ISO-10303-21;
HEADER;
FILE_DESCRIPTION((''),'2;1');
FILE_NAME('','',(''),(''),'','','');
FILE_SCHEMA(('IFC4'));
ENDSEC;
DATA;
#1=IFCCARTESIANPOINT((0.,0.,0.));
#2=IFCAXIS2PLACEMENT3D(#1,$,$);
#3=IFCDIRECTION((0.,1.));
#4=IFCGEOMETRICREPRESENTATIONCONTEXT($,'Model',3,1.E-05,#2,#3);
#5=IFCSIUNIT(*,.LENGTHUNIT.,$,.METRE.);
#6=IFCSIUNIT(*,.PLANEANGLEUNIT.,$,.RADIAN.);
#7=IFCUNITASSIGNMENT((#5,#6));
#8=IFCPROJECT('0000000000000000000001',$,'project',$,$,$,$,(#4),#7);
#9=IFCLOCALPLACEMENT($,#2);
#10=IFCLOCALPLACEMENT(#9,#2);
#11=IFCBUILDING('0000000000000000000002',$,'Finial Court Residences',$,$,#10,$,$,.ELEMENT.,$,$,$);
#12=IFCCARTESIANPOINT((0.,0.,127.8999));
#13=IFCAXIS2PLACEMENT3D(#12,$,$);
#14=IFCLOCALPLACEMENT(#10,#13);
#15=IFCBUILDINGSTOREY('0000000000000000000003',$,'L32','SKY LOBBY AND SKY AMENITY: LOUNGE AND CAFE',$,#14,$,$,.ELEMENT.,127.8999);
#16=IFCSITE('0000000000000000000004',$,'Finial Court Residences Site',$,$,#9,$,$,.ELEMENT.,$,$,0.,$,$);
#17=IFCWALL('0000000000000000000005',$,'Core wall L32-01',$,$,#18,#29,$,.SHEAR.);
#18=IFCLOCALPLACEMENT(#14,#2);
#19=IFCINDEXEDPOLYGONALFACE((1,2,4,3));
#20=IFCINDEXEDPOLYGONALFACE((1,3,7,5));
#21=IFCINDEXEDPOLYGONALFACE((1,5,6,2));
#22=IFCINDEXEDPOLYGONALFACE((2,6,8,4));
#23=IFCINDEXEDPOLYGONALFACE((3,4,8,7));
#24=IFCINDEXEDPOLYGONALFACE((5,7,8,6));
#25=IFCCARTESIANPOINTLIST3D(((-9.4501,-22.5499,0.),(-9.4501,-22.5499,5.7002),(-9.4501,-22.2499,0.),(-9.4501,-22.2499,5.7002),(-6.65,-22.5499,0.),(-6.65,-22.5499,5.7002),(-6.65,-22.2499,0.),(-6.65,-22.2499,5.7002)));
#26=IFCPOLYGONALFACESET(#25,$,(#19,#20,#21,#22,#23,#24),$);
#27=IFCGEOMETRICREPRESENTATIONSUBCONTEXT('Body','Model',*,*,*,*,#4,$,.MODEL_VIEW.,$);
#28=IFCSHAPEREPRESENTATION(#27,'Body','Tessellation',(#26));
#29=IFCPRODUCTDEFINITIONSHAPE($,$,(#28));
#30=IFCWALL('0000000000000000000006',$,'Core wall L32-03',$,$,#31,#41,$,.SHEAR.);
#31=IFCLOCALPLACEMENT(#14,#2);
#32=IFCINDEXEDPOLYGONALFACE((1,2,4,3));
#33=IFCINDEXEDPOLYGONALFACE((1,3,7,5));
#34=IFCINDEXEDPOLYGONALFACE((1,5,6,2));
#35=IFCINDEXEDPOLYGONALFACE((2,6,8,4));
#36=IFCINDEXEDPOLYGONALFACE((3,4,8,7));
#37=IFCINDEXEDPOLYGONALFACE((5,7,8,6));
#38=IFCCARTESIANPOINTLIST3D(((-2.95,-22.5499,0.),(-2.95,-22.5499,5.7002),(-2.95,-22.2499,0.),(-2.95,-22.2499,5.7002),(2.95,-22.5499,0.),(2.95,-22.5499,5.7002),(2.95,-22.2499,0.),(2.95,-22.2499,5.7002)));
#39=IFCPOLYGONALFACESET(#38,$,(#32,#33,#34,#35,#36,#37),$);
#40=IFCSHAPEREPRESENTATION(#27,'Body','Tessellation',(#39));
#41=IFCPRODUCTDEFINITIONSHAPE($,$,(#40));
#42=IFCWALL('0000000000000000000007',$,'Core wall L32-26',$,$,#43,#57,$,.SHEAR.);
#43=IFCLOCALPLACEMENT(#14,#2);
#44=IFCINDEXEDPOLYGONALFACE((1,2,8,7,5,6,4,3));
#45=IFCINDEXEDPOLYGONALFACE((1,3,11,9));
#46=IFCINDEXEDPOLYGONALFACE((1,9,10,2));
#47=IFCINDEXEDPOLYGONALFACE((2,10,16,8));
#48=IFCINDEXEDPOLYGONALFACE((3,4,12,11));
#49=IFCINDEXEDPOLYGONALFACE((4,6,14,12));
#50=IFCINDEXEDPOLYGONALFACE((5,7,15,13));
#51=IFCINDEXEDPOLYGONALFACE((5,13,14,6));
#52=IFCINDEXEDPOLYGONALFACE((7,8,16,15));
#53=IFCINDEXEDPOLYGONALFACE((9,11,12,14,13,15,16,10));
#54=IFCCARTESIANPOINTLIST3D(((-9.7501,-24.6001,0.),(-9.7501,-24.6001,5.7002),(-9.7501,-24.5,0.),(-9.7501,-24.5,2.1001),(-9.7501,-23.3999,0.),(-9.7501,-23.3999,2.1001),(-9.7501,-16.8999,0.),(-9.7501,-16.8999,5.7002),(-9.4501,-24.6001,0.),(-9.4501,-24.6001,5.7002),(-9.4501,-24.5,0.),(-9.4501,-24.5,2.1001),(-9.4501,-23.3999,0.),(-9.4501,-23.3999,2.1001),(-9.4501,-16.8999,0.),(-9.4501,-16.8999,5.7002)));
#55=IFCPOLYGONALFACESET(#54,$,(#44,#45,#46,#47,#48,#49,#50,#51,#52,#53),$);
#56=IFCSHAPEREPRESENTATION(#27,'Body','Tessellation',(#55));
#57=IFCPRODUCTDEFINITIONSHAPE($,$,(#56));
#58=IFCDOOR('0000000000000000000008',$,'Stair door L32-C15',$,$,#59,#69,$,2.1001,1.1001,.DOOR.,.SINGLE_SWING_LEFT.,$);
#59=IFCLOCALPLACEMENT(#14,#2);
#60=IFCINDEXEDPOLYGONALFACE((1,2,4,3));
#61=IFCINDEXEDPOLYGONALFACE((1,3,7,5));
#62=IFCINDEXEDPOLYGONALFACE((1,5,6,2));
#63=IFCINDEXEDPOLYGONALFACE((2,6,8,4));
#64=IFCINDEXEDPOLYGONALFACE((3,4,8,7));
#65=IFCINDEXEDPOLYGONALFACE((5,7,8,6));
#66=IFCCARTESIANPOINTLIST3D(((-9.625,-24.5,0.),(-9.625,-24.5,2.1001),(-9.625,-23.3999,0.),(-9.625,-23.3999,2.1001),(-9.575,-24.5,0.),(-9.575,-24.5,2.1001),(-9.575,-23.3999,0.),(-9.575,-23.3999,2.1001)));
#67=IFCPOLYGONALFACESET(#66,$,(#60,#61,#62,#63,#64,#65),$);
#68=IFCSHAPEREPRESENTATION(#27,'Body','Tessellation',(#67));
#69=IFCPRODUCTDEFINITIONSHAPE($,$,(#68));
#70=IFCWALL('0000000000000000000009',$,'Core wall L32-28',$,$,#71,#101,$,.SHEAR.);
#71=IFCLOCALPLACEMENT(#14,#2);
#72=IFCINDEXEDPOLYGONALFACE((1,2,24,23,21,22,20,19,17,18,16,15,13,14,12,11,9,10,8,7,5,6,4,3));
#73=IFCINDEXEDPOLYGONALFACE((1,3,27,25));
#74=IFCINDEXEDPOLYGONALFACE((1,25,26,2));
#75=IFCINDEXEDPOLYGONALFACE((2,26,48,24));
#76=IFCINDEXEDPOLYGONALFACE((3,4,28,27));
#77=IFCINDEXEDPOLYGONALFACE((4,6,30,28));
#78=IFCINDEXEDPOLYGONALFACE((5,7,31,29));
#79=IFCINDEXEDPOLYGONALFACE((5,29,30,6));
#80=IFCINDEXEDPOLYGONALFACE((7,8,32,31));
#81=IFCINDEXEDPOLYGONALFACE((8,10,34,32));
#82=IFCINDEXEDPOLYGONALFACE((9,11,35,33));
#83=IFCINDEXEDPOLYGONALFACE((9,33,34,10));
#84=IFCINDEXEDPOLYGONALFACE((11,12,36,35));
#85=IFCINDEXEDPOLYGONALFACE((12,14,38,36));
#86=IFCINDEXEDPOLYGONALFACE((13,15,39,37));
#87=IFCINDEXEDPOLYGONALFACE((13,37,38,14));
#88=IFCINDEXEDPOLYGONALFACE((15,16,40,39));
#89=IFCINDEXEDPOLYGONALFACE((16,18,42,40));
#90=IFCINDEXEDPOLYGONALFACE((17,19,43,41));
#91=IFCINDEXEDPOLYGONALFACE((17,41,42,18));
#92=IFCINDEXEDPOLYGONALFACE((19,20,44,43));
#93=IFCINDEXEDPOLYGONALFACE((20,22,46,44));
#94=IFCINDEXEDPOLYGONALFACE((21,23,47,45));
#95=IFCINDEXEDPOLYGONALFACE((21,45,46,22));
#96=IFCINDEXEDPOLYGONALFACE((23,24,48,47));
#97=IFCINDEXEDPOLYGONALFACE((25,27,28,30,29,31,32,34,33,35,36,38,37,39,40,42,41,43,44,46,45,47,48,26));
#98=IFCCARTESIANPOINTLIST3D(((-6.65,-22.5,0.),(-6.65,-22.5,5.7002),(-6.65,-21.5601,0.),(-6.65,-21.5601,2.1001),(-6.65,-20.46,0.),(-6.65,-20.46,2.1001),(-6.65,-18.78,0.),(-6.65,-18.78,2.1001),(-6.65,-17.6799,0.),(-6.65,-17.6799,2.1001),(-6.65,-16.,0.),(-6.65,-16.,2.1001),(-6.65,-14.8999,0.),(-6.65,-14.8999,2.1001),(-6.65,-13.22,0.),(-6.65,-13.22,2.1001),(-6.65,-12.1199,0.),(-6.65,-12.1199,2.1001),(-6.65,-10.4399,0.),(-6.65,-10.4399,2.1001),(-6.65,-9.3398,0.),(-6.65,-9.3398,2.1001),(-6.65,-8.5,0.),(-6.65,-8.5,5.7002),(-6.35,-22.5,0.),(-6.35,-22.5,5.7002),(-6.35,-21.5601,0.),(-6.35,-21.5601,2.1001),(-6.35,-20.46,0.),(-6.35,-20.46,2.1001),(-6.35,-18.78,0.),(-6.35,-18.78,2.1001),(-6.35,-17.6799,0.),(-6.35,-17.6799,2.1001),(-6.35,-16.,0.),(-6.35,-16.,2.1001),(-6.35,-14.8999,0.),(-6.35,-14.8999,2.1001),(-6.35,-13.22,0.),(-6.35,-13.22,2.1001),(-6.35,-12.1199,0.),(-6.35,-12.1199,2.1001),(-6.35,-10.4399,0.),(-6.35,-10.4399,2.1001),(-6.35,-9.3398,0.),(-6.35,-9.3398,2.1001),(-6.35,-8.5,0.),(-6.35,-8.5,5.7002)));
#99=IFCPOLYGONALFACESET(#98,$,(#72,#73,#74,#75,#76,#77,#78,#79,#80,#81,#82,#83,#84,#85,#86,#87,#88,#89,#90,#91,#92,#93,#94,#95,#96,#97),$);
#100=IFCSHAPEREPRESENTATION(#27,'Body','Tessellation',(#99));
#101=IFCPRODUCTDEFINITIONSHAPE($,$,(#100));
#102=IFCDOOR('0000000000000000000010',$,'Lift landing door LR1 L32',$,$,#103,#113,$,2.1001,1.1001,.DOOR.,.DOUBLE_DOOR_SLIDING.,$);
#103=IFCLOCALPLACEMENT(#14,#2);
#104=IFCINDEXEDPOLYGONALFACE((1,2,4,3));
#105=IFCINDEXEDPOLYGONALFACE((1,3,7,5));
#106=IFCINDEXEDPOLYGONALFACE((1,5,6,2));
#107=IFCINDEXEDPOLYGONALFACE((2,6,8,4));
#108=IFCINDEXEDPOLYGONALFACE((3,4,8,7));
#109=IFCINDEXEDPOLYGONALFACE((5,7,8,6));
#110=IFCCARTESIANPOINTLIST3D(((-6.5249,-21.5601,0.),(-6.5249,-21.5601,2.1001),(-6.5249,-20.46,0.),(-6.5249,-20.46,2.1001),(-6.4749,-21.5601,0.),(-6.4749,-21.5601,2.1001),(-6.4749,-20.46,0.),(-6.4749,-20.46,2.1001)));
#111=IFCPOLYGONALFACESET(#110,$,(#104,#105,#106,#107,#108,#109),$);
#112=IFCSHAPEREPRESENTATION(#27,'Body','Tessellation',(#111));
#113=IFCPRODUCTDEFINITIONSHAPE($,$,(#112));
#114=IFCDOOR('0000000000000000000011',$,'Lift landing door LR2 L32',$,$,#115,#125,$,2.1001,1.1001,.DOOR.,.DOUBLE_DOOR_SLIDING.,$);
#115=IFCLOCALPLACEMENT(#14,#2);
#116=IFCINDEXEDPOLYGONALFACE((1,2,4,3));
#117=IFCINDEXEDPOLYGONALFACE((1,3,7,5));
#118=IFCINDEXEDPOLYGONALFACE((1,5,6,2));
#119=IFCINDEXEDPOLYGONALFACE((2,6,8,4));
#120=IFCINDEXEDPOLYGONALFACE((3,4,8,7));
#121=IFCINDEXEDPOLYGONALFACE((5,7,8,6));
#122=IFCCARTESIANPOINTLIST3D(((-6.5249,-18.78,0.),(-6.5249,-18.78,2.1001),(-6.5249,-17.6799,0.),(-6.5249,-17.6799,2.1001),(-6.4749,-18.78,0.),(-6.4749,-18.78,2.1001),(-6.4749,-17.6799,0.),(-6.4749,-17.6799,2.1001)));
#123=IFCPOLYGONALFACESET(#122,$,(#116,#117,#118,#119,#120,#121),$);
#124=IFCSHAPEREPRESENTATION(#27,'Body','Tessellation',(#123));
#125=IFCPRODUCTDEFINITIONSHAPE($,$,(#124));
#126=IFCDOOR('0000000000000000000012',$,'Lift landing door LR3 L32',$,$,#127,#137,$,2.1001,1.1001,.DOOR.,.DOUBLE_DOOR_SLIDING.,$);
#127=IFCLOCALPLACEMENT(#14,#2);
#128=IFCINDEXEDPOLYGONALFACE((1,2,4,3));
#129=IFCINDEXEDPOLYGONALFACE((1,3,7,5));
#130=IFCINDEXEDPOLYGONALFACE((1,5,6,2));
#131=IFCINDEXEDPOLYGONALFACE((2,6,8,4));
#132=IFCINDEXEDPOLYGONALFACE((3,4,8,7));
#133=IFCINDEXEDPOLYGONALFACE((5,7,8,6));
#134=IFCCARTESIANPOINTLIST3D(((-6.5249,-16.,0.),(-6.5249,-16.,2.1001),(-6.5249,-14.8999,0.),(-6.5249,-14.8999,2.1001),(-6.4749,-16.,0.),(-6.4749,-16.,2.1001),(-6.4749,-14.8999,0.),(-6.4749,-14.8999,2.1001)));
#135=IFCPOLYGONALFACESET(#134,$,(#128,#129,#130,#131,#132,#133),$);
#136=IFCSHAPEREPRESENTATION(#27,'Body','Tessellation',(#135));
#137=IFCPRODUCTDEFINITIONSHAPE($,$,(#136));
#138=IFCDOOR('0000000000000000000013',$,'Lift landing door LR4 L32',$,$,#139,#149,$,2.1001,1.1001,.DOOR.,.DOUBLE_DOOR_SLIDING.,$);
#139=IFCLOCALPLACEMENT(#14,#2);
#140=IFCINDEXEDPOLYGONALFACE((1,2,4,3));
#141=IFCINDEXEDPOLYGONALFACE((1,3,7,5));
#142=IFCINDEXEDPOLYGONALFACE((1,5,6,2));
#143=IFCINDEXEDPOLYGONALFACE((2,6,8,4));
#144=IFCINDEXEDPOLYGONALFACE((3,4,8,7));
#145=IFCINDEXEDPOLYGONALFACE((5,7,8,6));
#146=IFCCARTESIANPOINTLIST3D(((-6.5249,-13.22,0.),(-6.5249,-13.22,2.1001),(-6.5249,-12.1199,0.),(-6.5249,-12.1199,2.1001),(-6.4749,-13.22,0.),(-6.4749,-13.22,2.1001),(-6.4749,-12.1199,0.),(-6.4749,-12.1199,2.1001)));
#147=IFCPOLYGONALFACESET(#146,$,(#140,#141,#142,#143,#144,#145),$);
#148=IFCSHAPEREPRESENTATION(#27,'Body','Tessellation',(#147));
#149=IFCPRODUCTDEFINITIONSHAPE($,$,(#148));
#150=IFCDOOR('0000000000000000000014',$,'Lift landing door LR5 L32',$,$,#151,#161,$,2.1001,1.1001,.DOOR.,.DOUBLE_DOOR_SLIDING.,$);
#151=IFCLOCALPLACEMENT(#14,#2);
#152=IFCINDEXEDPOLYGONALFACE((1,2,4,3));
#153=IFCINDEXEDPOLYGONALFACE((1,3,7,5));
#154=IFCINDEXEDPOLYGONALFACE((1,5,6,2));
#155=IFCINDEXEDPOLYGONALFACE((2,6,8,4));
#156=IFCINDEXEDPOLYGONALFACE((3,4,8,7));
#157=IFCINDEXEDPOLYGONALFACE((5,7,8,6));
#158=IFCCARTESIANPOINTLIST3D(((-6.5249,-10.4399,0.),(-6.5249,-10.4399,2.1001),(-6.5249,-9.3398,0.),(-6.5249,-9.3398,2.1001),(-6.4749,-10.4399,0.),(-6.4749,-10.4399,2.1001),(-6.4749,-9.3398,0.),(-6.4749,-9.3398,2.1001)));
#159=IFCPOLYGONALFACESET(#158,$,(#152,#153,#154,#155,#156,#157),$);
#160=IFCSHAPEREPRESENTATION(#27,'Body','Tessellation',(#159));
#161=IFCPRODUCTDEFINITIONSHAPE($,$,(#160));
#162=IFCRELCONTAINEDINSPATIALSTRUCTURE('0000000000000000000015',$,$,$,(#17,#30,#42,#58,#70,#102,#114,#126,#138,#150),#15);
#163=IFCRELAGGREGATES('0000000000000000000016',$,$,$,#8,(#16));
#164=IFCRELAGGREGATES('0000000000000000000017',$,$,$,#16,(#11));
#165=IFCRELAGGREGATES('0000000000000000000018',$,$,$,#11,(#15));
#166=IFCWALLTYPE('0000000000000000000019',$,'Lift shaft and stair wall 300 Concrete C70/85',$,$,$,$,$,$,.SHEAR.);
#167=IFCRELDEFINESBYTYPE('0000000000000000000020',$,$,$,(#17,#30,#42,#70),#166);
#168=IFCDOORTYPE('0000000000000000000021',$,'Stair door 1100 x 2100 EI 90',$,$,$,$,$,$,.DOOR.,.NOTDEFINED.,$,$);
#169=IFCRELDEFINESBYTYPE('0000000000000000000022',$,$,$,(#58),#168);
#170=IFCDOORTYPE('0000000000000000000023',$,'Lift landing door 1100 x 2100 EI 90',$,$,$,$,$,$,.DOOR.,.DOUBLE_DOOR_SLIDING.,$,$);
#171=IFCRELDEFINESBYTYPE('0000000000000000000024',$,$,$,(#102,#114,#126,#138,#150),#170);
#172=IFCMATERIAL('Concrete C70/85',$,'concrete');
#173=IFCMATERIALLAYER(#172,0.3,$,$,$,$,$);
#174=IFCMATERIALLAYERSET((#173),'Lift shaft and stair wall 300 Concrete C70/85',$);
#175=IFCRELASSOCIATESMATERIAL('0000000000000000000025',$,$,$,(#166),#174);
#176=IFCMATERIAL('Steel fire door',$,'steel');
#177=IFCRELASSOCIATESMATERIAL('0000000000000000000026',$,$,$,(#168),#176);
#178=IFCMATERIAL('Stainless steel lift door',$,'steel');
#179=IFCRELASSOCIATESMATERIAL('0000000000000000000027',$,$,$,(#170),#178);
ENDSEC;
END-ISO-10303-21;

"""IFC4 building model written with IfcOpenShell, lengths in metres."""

from ifc_helpers import new_model, si_unit, direction, frame, frame_2d, origin, place, context, subcontext, project, spatial, rectangle, extrude, material, layer, layer_set, type_object, element, fill, save


model = new_model("IFC4")

# Units and contexts
model_context = context("Model", 3, precision=1e-05, world=origin(), true_north=direction((0.0, 1.0)))
body_context = subcontext(model_context, "Body", "Model", "MODEL_VIEW")
ifc_project = project(units=[si_unit("LENGTHUNIT", "METRE"), si_unit("PLANEANGLEUNIT", "RADIAN")], contexts=[model_context])

# Site, building, storey
site_placement = place(None, origin())
site = spatial("IfcSite", under=ifc_project, at=site_placement, Name="Finial Court Residences Site", CompositionType="ELEMENT", RefElevation=0.0)
building_placement = place(site_placement, origin())
building = spatial("IfcBuilding", under=site, at=building_placement, Name="Finial Court Residences", CompositionType="ELEMENT")
storey_placement = place(building_placement, frame((0.0, 0.0, 127.8999)))
storey = spatial("IfcBuildingStorey", under=building, at=storey_placement, Name="L32", Description="SKY LOBBY AND SKY AMENITY: LOUNGE AND CAFE", CompositionType="ELEMENT", Elevation=127.8999)

# Walls
ifc_material_1 = material(Name="Concrete C70/85", Category="concrete")
ifc_layer_1 = layer(ifc_material_1, 0.3)
ifc_layer_set_1 = layer_set([ifc_layer_1], Name="Lift shaft and stair wall 300 Concrete C70/85")
wall_type_1 = type_object("IfcWallType", Name="Lift shaft and stair wall 300 Concrete C70/85", PredefinedType="SHEAR", material=ifc_layer_set_1)
wall_1_placement = place(storey_placement, frame((-9.45, -22.3999, 0.0), z_axis=(0.0, 0.0, 1.0), x_axis=(1.0, 0.0, 0.0)))
element("IfcWall", 1, at=wall_1_placement, inside=storey, type_object=wall_type_1, Name="Core wall L32-01", PredefinedType="SHEAR", context=body_context, shape_type="SweptSolid", body=[
    extrude(rectangle(XDim=2.8, YDim=0.3, at=frame_2d((1.3999, 0.0))), origin(), (0.0, 0.0, 1.0), 5.7002),
])
wall_2_placement = place(storey_placement, frame((-2.95, -22.3999, 0.0), z_axis=(0.0, 0.0, 1.0), x_axis=(1.0, 0.0, 0.0)))
element("IfcWall", 2, at=wall_2_placement, inside=storey, type_object=wall_type_1, Name="Core wall L32-03", PredefinedType="SHEAR", context=body_context, shape_type="SweptSolid", body=[
    extrude(rectangle(XDim=5.8999, YDim=0.3, at=frame_2d((2.95, 0.0))), origin(), (0.0, 0.0, 1.0), 5.7002),
])

# Wall, opening, door
wall_3_placement = place(storey_placement, frame((-9.6001, -24.6001, 0.0), z_axis=(0.0, 0.0, 1.0), x_axis=(0.0, 1.0, 0.0)))
wall_3 = element("IfcWall", 3, at=wall_3_placement, inside=storey, type_object=wall_type_1, Name="Core wall L32-26", PredefinedType="SHEAR", context=body_context, shape_type="SweptSolid", body=[
    extrude(rectangle(XDim=7.7002, YDim=0.3, at=frame_2d((3.8501, 0.0))), origin(), (0.0, 0.0, 1.0), 5.7002),
])
opening_1_placement = place(wall_3_placement, frame((0.1001, 0.0, 0.0)))
opening_1 = element("IfcOpeningElement", 4, at=opening_1_placement, cuts=wall_3, PredefinedType="OPENING", context=body_context, shape_type="SweptSolid", body=[
    extrude(rectangle(XDim=1.1001, YDim=2.1001, at=frame_2d((0.55, 1.05))), frame((0.0, 0.1599, 0.0), z_axis=(0.0, -1.0, 0.0), x_axis=(1.0, 0.0, 0.0)), (0.0, 0.0, 1.0), 0.3201),
])
ifc_material_2 = material(Name="Steel fire door", Category="steel")
door_type_1 = type_object("IfcDoorType", Name="Stair door 1100 x 2100 EI 90", OperationType="NOTDEFINED", PredefinedType="DOOR", material=ifc_material_2)
door_1_placement = place(opening_1_placement, origin())
door_1 = element("IfcDoor", 5, at=door_1_placement, inside=storey, type_object=door_type_1, Name="Stair door L32-C15", OperationType="SINGLE_SWING_LEFT", OverallHeight=2.1001, OverallWidth=1.1001, PredefinedType="DOOR", context=body_context, shape_type="SweptSolid", body=[
    extrude(rectangle(XDim=1.1001, YDim=2.1001, at=frame_2d((0.55, 1.05))), frame((0.0, 0.0249, 0.0), z_axis=(0.0, -1.0, 0.0), x_axis=(1.0, 0.0, 0.0)), (0.0, 0.0, 1.0), 0.05),
])
fill(opening_1, door_1)

# Wall, openings, doors
wall_4_placement = place(storey_placement, frame((-6.5, -22.5, 0.0), z_axis=(0.0, 0.0, 1.0), x_axis=(0.0, 1.0, 0.0)))
wall_4 = element("IfcWall", 6, at=wall_4_placement, inside=storey, type_object=wall_type_1, Name="Core wall L32-28", PredefinedType="SHEAR", context=body_context, shape_type="SweptSolid", body=[
    extrude(rectangle(XDim=14.0, YDim=0.3, at=frame_2d((7.0, 0.0))), origin(), (0.0, 0.0, 1.0), 5.7002),
])
opening_2_placement = place(wall_4_placement, frame((0.9399, 0.0, 0.0)))
opening_2 = element("IfcOpeningElement", 7, at=opening_2_placement, cuts=wall_4, PredefinedType="OPENING", context=body_context, shape_type="SweptSolid", body=[
    extrude(rectangle(XDim=1.1001, YDim=2.1001, at=frame_2d((0.55, 1.05))), frame((0.0, 0.1599, 0.0), z_axis=(0.0, -1.0, 0.0), x_axis=(1.0, 0.0, 0.0)), (0.0, 0.0, 1.0), 0.3201),
])
opening_3_placement = place(wall_4_placement, frame((3.72, 0.0, 0.0)))
opening_3 = element("IfcOpeningElement", 8, at=opening_3_placement, cuts=wall_4, PredefinedType="OPENING", context=body_context, shape_type="SweptSolid", body=[
    extrude(rectangle(XDim=1.1001, YDim=2.1001, at=frame_2d((0.55, 1.05))), frame((0.0, 0.1599, 0.0), z_axis=(0.0, -1.0, 0.0), x_axis=(1.0, 0.0, 0.0)), (0.0, 0.0, 1.0), 0.3201),
])
opening_4_placement = place(wall_4_placement, frame((6.5, 0.0, 0.0)))
opening_4 = element("IfcOpeningElement", 9, at=opening_4_placement, cuts=wall_4, PredefinedType="OPENING", context=body_context, shape_type="SweptSolid", body=[
    extrude(rectangle(XDim=1.1001, YDim=2.1001, at=frame_2d((0.55, 1.05))), frame((0.0, 0.1599, 0.0), z_axis=(0.0, -1.0, 0.0), x_axis=(1.0, 0.0, 0.0)), (0.0, 0.0, 1.0), 0.3201),
])
opening_5_placement = place(wall_4_placement, frame((9.28, 0.0, 0.0)))
opening_5 = element("IfcOpeningElement", 10, at=opening_5_placement, cuts=wall_4, PredefinedType="OPENING", context=body_context, shape_type="SweptSolid", body=[
    extrude(rectangle(XDim=1.1001, YDim=2.1001, at=frame_2d((0.55, 1.05))), frame((0.0, 0.1599, 0.0), z_axis=(0.0, -1.0, 0.0), x_axis=(1.0, 0.0, 0.0)), (0.0, 0.0, 1.0), 0.3201),
])
opening_6_placement = place(wall_4_placement, frame((12.0601, 0.0, 0.0)))
opening_6 = element("IfcOpeningElement", 11, at=opening_6_placement, cuts=wall_4, PredefinedType="OPENING", context=body_context, shape_type="SweptSolid", body=[
    extrude(rectangle(XDim=1.1001, YDim=2.1001, at=frame_2d((0.55, 1.05))), frame((0.0, 0.1599, 0.0), z_axis=(0.0, -1.0, 0.0), x_axis=(1.0, 0.0, 0.0)), (0.0, 0.0, 1.0), 0.3201),
])
ifc_material_3 = material(Name="Stainless steel lift door", Category="steel")
door_type_2 = type_object("IfcDoorType", Name="Lift landing door 1100 x 2100 EI 90", OperationType="DOUBLE_DOOR_SLIDING", PredefinedType="DOOR", material=ifc_material_3)
door_2_placement = place(opening_2_placement, origin())
door_2 = element("IfcDoor", 12, at=door_2_placement, inside=storey, type_object=door_type_2, Name="Lift landing door LR1 L32", OperationType="DOUBLE_DOOR_SLIDING", OverallHeight=2.1001, OverallWidth=1.1001, PredefinedType="DOOR", context=body_context, shape_type="SweptSolid", body=[
    extrude(rectangle(XDim=1.1001, YDim=2.1001, at=frame_2d((0.55, 1.05))), frame((0.0, 0.0249, 0.0), z_axis=(0.0, -1.0, 0.0), x_axis=(1.0, 0.0, 0.0)), (0.0, 0.0, 1.0), 0.05),
])
fill(opening_2, door_2)
door_3_placement = place(opening_3_placement, origin())
door_3 = element("IfcDoor", 13, at=door_3_placement, inside=storey, type_object=door_type_2, Name="Lift landing door LR2 L32", OperationType="DOUBLE_DOOR_SLIDING", OverallHeight=2.1001, OverallWidth=1.1001, PredefinedType="DOOR", context=body_context, shape_type="SweptSolid", body=[
    extrude(rectangle(XDim=1.1001, YDim=2.1001, at=frame_2d((0.55, 1.05))), frame((0.0, 0.0249, 0.0), z_axis=(0.0, -1.0, 0.0), x_axis=(1.0, 0.0, 0.0)), (0.0, 0.0, 1.0), 0.05),
])
fill(opening_3, door_3)
door_4_placement = place(opening_4_placement, origin())
door_4 = element("IfcDoor", 14, at=door_4_placement, inside=storey, type_object=door_type_2, Name="Lift landing door LR3 L32", OperationType="DOUBLE_DOOR_SLIDING", OverallHeight=2.1001, OverallWidth=1.1001, PredefinedType="DOOR", context=body_context, shape_type="SweptSolid", body=[
    extrude(rectangle(XDim=1.1001, YDim=2.1001, at=frame_2d((0.55, 1.05))), frame((0.0, 0.0249, 0.0), z_axis=(0.0, -1.0, 0.0), x_axis=(1.0, 0.0, 0.0)), (0.0, 0.0, 1.0), 0.05),
])
fill(opening_4, door_4)
door_5_placement = place(opening_5_placement, origin())
door_5 = element("IfcDoor", 15, at=door_5_placement, inside=storey, type_object=door_type_2, Name="Lift landing door LR4 L32", OperationType="DOUBLE_DOOR_SLIDING", OverallHeight=2.1001, OverallWidth=1.1001, PredefinedType="DOOR", context=body_context, shape_type="SweptSolid", body=[
    extrude(rectangle(XDim=1.1001, YDim=2.1001, at=frame_2d((0.55, 1.05))), frame((0.0, 0.0249, 0.0), z_axis=(0.0, -1.0, 0.0), x_axis=(1.0, 0.0, 0.0)), (0.0, 0.0, 1.0), 0.05),
])
fill(opening_5, door_5)
door_6_placement = place(opening_6_placement, origin())
door_6 = element("IfcDoor", 16, at=door_6_placement, inside=storey, type_object=door_type_2, Name="Lift landing door LR5 L32", OperationType="DOUBLE_DOOR_SLIDING", OverallHeight=2.1001, OverallWidth=1.1001, PredefinedType="DOOR", context=body_context, shape_type="SweptSolid", body=[
    extrude(rectangle(XDim=1.1001, YDim=2.1001, at=frame_2d((0.55, 1.05))), frame((0.0, 0.0249, 0.0), z_axis=(0.0, -1.0, 0.0), x_axis=(1.0, 0.0, 0.0)), (0.0, 0.0, 1.0), 0.05),
])
fill(opening_6, door_6)

save(model, "model.ifc")
